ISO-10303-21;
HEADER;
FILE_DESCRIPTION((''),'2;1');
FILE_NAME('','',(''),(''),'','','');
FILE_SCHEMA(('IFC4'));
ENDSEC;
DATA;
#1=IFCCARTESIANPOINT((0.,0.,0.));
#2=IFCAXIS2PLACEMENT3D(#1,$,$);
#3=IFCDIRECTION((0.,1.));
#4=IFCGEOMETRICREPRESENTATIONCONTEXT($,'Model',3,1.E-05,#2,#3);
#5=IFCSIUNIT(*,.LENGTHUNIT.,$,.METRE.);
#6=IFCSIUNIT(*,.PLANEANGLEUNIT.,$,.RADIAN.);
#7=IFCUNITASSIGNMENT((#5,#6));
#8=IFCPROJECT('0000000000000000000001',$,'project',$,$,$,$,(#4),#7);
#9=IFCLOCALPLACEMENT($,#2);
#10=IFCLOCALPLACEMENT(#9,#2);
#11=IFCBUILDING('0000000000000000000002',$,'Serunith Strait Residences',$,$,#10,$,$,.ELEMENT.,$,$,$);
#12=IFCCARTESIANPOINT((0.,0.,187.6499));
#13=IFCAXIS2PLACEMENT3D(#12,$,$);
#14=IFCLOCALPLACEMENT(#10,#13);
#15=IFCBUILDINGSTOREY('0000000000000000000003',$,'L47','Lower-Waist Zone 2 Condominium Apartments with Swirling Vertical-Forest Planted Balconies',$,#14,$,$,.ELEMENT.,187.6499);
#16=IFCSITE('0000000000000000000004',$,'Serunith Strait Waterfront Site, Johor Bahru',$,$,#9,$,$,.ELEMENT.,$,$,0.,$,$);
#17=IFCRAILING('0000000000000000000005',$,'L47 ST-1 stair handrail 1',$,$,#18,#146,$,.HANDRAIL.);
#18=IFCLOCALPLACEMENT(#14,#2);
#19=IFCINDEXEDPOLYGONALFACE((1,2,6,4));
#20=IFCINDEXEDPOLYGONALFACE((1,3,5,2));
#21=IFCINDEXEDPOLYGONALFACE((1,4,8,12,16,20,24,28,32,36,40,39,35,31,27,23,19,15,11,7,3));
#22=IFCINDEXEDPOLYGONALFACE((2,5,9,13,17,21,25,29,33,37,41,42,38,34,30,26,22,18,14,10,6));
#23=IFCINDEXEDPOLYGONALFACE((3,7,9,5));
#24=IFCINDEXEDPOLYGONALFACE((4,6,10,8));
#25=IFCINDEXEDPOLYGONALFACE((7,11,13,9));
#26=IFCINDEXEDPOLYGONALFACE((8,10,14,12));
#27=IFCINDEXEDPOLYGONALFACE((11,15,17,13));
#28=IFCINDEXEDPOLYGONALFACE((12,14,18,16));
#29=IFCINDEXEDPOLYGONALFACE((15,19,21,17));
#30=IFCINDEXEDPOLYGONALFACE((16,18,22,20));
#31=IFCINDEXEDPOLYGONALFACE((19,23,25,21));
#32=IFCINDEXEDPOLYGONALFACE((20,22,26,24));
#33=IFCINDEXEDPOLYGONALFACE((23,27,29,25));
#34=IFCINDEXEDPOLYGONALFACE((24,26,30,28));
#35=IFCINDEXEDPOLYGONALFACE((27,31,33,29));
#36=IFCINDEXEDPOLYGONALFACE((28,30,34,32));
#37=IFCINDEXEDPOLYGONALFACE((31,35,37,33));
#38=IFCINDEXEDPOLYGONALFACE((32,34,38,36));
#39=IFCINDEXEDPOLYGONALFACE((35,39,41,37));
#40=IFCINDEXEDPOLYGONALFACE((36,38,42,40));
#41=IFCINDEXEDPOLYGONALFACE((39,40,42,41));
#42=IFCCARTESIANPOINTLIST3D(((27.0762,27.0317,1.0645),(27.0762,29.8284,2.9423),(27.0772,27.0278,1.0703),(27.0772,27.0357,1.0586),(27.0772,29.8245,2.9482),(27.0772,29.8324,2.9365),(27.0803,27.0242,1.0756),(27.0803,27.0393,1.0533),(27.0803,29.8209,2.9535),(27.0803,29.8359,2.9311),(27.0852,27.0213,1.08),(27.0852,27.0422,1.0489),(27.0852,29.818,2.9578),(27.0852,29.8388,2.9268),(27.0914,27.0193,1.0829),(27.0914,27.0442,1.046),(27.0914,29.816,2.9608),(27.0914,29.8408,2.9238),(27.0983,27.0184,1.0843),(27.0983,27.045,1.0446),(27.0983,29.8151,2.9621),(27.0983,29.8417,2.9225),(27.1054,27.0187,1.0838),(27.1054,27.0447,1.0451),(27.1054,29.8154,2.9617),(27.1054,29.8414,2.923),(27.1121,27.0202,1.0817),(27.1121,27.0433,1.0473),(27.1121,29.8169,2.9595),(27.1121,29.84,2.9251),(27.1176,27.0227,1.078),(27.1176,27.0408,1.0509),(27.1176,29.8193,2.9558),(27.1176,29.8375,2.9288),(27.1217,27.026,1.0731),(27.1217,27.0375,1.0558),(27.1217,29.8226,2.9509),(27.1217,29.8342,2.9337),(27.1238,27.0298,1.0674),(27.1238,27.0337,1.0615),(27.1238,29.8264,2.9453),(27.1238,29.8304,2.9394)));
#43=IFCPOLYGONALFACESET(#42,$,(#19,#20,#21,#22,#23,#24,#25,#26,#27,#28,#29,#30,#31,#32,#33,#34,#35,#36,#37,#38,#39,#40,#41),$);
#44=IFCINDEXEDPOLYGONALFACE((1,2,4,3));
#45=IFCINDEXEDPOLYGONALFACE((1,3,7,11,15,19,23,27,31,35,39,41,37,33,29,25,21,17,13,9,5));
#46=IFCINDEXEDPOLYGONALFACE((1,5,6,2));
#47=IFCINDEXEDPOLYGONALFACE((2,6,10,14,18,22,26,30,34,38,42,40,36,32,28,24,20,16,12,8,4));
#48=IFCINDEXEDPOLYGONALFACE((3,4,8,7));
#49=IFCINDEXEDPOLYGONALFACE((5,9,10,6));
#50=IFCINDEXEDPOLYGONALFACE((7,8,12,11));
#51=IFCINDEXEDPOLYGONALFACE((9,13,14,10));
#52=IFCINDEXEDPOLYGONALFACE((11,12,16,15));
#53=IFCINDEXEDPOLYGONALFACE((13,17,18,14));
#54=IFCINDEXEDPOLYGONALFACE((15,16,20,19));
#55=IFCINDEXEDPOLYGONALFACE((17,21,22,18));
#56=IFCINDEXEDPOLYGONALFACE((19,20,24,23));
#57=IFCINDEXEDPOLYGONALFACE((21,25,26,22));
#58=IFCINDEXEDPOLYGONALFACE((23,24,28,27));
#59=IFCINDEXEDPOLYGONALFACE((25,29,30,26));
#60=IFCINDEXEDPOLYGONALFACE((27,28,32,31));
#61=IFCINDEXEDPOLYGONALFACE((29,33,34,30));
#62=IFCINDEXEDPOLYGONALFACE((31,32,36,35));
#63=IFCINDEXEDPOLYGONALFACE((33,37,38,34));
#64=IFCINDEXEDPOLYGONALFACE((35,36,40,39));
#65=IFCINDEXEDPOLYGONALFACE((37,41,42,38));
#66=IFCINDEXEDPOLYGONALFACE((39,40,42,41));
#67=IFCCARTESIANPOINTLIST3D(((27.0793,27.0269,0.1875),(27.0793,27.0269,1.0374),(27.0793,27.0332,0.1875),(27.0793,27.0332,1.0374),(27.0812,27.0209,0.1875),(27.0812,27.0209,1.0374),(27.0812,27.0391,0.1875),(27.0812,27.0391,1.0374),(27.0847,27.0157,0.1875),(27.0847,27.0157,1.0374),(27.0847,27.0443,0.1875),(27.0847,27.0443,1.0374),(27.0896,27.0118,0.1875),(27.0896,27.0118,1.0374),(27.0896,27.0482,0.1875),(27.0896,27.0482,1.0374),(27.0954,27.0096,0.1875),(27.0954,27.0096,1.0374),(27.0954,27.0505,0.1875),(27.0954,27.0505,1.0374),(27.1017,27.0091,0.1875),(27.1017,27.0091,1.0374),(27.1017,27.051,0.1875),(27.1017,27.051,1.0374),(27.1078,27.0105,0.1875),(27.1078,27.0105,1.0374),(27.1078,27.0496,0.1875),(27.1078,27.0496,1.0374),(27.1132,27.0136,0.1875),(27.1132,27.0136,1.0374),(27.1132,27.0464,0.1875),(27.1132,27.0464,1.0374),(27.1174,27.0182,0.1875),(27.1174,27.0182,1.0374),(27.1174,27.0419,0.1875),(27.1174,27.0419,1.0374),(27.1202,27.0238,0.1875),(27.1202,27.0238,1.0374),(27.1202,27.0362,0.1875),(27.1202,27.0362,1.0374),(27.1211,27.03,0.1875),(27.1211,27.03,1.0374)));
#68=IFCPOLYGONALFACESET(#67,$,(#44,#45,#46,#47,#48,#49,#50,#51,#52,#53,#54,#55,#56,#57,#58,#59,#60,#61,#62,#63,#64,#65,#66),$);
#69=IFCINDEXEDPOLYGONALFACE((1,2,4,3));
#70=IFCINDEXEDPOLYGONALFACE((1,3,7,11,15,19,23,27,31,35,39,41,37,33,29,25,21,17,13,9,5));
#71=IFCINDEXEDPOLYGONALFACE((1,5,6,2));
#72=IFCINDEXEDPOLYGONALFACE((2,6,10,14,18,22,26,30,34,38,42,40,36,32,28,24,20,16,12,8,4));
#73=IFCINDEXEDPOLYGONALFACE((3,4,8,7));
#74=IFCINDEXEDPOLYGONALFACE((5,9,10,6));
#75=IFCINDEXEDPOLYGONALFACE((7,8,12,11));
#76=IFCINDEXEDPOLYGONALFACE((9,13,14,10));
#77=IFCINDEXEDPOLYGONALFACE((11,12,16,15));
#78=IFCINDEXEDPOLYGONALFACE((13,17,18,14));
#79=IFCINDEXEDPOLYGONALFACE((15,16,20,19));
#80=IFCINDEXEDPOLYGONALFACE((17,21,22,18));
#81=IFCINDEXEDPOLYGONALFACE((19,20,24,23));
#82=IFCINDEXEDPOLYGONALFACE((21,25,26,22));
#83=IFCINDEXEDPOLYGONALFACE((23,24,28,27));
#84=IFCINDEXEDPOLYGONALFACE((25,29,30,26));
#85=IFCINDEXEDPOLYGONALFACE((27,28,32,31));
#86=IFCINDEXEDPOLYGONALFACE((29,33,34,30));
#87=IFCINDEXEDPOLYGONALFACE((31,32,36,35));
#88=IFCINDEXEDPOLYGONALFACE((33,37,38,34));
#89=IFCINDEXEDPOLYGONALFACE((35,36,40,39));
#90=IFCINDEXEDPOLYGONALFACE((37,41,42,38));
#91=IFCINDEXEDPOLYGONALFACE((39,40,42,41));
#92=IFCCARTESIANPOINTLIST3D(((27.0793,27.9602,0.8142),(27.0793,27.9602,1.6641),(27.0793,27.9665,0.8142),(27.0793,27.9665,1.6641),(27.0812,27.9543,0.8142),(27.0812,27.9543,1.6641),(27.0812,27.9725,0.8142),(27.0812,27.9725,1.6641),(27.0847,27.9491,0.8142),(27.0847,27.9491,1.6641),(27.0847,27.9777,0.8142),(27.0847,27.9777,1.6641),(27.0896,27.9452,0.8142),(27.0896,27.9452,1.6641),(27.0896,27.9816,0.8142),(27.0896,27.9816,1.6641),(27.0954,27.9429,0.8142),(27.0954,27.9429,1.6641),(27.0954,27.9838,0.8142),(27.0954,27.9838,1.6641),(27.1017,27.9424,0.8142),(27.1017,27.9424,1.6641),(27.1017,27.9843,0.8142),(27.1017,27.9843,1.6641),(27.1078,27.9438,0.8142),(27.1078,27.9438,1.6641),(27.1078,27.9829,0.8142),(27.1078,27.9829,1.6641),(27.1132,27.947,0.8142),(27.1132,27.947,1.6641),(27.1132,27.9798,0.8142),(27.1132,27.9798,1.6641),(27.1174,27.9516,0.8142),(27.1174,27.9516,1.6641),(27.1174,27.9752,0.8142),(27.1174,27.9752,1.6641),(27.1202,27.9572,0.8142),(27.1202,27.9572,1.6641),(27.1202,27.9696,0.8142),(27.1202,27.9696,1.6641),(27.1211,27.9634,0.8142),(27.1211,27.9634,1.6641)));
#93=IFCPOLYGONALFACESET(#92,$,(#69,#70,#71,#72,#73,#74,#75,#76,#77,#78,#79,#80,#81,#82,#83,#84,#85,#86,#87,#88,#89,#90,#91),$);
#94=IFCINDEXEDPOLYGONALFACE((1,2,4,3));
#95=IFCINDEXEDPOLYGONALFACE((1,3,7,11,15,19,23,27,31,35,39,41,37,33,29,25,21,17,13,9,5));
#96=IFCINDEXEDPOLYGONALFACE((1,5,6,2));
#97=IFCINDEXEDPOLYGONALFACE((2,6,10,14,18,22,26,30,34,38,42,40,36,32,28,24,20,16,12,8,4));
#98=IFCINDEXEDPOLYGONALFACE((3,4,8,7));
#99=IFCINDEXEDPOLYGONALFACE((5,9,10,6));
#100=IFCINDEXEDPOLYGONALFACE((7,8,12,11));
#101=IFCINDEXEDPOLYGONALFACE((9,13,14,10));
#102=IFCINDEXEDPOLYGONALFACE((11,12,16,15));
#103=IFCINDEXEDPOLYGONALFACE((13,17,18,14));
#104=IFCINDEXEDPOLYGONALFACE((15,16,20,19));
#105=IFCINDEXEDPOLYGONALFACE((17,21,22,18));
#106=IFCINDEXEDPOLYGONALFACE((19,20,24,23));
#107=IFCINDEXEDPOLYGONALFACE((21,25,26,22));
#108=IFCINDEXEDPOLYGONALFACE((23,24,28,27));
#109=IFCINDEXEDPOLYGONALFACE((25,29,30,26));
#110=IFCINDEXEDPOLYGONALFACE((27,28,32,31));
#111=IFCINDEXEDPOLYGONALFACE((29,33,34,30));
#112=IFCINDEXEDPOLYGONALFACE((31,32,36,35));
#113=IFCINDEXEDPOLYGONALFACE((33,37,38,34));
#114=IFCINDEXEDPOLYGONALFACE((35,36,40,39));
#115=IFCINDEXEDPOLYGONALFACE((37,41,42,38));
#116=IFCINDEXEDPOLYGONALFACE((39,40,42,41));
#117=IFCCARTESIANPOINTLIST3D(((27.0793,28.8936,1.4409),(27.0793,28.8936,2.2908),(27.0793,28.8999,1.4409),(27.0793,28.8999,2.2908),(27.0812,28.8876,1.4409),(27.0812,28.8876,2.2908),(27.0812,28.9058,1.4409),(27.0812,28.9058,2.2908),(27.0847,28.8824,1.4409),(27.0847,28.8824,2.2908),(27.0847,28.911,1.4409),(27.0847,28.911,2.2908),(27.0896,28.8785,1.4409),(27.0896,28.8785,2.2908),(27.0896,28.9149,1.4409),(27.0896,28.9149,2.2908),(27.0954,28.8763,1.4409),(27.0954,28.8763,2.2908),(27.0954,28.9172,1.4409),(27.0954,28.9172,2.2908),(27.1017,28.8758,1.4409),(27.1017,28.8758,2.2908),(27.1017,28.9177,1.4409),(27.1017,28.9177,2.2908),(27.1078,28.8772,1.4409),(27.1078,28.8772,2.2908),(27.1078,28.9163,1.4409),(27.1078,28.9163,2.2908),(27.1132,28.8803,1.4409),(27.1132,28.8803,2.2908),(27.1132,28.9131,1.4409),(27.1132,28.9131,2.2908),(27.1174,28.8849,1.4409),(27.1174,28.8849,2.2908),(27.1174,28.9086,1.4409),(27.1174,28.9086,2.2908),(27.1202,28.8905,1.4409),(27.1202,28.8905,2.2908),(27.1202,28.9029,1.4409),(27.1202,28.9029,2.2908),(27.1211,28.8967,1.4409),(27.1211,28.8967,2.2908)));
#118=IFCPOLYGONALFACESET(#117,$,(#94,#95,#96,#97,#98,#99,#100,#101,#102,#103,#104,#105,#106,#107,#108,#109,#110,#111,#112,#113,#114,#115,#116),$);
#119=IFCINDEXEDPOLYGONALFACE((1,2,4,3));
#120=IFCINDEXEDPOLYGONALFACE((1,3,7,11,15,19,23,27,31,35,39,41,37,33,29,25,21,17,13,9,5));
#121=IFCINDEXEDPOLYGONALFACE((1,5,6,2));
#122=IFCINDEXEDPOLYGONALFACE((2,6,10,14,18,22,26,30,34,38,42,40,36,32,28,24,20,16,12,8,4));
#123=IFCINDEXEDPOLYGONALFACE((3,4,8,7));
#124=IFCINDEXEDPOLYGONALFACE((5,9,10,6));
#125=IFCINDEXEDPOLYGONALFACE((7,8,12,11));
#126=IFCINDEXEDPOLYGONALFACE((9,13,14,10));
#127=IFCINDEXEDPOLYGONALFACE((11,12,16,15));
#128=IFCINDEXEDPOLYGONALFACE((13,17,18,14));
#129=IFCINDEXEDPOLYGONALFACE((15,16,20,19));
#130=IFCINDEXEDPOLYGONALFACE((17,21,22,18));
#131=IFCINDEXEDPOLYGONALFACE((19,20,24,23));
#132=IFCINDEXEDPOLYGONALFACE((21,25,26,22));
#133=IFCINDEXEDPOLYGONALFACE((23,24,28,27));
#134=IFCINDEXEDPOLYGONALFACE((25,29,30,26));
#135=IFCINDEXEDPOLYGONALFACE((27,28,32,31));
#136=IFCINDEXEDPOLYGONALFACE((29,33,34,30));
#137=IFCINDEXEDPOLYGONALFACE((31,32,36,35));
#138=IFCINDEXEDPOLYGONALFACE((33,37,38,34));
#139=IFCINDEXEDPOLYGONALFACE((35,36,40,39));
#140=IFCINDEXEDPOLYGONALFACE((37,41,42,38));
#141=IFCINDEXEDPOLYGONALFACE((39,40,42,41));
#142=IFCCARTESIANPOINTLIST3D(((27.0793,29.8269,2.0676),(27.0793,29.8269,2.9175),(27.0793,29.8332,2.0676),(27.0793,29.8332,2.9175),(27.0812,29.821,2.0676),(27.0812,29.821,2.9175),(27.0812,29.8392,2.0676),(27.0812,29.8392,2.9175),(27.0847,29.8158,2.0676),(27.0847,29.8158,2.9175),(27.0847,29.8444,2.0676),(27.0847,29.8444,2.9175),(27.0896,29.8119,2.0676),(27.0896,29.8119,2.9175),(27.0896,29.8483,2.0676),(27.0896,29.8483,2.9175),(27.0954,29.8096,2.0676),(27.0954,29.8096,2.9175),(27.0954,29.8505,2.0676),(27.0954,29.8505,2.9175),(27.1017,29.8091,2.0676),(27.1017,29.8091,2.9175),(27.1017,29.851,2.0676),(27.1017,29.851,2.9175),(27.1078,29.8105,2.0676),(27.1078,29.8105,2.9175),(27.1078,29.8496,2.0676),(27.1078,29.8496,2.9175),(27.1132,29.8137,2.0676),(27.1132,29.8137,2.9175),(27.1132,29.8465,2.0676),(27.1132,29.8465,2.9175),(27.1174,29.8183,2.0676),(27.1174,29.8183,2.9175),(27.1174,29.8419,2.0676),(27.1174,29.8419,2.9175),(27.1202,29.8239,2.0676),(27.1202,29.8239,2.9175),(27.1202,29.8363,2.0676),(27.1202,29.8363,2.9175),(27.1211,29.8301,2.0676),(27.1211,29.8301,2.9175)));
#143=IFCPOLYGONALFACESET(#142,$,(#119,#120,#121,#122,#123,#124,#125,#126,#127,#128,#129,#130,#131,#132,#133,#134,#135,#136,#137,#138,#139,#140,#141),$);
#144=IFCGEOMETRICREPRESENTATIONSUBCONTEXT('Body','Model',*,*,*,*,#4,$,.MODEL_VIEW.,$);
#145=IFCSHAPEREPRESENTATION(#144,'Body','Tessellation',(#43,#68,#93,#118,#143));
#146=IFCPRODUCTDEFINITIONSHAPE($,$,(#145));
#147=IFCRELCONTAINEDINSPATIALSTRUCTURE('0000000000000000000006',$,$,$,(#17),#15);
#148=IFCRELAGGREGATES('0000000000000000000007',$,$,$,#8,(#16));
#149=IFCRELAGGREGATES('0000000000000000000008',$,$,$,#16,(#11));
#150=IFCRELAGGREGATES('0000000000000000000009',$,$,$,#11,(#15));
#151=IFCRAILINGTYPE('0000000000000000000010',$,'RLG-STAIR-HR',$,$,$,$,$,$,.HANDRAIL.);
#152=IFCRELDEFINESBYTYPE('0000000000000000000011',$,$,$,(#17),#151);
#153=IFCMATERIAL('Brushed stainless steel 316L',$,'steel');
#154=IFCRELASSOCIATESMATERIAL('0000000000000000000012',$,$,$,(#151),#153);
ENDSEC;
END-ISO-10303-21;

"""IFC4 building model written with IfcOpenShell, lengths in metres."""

from ifc_helpers import new_model, si_unit, direction, frame, origin, origin_2d, place, context, subcontext, project, spatial, circle, extrude, material, type_object, element, save


model = new_model("IFC4")

# Units and contexts
model_context = context("Model", 3, precision=1e-05, world=origin(), true_north=direction((0.0, 1.0)))
body_context = subcontext(model_context, "Body", "Model", "MODEL_VIEW")
ifc_project = project(units=[si_unit("LENGTHUNIT", "METRE"), si_unit("PLANEANGLEUNIT", "RADIAN")], contexts=[model_context])

# Site, building, storey
site_placement = place(None, origin())
site = spatial("IfcSite", under=ifc_project, at=site_placement, Name="Serunith Strait Waterfront Site, Johor Bahru", CompositionType="ELEMENT", RefElevation=0.0)
building_placement = place(site_placement, origin())
building = spatial("IfcBuilding", under=site, at=building_placement, Name="Serunith Strait Residences", CompositionType="ELEMENT")
storey_placement = place(building_placement, frame((0.0, 0.0, 187.6499)))
storey = spatial("IfcBuildingStorey", under=building, at=storey_placement, Name="L47", Description="Lower-Waist Zone 2 Condominium Apartments with Swirling Vertical-Forest Planted Balconies", CompositionType="ELEMENT", Elevation=187.6499)

# Railing
ifc_material_1 = material(Name="Brushed stainless steel 316L", Category="steel")
railing_type_1 = type_object("IfcRailingType", Name="RLG-STAIR-HR", PredefinedType="HANDRAIL", material=ifc_material_1)
railing_1_placement = place(storey_placement, frame((27.1001, 27.03, 0.1875)))
element("IfcRailing", 1, at=railing_1_placement, inside=storey, type_object=railing_type_1, Name="L47 ST-1 stair handrail 1", PredefinedType="HANDRAIL", context=body_context, shape_type="SweptSolid", body=[
    extrude(circle(Radius=0.0239, at=origin_2d()), frame((0.0, 0.0017, 0.877), z_axis=(0.0, 0.830208, 0.557453), x_axis=(-1.0, 0.0, 0.0)), (0.0, 0.0, 1.0), 3.3687),
    extrude(circle(Radius=0.021, at=origin_2d()), origin(), (0.0, 0.0, 1.0), 0.8499),
    extrude(circle(Radius=0.021, at=origin_2d()), frame((0.0, 0.9333, 0.6267)), (0.0, 0.0, 1.0), 0.8499),
    extrude(circle(Radius=0.021, at=origin_2d()), frame((0.0, 1.8667, 1.2534)), (0.0, 0.0, 1.0), 0.8499),
    extrude(circle(Radius=0.021, at=origin_2d()), frame((0.0, 2.8, 1.8801)), (0.0, 0.0, 1.0), 0.8499),
])

save(model, "model.ifc")
